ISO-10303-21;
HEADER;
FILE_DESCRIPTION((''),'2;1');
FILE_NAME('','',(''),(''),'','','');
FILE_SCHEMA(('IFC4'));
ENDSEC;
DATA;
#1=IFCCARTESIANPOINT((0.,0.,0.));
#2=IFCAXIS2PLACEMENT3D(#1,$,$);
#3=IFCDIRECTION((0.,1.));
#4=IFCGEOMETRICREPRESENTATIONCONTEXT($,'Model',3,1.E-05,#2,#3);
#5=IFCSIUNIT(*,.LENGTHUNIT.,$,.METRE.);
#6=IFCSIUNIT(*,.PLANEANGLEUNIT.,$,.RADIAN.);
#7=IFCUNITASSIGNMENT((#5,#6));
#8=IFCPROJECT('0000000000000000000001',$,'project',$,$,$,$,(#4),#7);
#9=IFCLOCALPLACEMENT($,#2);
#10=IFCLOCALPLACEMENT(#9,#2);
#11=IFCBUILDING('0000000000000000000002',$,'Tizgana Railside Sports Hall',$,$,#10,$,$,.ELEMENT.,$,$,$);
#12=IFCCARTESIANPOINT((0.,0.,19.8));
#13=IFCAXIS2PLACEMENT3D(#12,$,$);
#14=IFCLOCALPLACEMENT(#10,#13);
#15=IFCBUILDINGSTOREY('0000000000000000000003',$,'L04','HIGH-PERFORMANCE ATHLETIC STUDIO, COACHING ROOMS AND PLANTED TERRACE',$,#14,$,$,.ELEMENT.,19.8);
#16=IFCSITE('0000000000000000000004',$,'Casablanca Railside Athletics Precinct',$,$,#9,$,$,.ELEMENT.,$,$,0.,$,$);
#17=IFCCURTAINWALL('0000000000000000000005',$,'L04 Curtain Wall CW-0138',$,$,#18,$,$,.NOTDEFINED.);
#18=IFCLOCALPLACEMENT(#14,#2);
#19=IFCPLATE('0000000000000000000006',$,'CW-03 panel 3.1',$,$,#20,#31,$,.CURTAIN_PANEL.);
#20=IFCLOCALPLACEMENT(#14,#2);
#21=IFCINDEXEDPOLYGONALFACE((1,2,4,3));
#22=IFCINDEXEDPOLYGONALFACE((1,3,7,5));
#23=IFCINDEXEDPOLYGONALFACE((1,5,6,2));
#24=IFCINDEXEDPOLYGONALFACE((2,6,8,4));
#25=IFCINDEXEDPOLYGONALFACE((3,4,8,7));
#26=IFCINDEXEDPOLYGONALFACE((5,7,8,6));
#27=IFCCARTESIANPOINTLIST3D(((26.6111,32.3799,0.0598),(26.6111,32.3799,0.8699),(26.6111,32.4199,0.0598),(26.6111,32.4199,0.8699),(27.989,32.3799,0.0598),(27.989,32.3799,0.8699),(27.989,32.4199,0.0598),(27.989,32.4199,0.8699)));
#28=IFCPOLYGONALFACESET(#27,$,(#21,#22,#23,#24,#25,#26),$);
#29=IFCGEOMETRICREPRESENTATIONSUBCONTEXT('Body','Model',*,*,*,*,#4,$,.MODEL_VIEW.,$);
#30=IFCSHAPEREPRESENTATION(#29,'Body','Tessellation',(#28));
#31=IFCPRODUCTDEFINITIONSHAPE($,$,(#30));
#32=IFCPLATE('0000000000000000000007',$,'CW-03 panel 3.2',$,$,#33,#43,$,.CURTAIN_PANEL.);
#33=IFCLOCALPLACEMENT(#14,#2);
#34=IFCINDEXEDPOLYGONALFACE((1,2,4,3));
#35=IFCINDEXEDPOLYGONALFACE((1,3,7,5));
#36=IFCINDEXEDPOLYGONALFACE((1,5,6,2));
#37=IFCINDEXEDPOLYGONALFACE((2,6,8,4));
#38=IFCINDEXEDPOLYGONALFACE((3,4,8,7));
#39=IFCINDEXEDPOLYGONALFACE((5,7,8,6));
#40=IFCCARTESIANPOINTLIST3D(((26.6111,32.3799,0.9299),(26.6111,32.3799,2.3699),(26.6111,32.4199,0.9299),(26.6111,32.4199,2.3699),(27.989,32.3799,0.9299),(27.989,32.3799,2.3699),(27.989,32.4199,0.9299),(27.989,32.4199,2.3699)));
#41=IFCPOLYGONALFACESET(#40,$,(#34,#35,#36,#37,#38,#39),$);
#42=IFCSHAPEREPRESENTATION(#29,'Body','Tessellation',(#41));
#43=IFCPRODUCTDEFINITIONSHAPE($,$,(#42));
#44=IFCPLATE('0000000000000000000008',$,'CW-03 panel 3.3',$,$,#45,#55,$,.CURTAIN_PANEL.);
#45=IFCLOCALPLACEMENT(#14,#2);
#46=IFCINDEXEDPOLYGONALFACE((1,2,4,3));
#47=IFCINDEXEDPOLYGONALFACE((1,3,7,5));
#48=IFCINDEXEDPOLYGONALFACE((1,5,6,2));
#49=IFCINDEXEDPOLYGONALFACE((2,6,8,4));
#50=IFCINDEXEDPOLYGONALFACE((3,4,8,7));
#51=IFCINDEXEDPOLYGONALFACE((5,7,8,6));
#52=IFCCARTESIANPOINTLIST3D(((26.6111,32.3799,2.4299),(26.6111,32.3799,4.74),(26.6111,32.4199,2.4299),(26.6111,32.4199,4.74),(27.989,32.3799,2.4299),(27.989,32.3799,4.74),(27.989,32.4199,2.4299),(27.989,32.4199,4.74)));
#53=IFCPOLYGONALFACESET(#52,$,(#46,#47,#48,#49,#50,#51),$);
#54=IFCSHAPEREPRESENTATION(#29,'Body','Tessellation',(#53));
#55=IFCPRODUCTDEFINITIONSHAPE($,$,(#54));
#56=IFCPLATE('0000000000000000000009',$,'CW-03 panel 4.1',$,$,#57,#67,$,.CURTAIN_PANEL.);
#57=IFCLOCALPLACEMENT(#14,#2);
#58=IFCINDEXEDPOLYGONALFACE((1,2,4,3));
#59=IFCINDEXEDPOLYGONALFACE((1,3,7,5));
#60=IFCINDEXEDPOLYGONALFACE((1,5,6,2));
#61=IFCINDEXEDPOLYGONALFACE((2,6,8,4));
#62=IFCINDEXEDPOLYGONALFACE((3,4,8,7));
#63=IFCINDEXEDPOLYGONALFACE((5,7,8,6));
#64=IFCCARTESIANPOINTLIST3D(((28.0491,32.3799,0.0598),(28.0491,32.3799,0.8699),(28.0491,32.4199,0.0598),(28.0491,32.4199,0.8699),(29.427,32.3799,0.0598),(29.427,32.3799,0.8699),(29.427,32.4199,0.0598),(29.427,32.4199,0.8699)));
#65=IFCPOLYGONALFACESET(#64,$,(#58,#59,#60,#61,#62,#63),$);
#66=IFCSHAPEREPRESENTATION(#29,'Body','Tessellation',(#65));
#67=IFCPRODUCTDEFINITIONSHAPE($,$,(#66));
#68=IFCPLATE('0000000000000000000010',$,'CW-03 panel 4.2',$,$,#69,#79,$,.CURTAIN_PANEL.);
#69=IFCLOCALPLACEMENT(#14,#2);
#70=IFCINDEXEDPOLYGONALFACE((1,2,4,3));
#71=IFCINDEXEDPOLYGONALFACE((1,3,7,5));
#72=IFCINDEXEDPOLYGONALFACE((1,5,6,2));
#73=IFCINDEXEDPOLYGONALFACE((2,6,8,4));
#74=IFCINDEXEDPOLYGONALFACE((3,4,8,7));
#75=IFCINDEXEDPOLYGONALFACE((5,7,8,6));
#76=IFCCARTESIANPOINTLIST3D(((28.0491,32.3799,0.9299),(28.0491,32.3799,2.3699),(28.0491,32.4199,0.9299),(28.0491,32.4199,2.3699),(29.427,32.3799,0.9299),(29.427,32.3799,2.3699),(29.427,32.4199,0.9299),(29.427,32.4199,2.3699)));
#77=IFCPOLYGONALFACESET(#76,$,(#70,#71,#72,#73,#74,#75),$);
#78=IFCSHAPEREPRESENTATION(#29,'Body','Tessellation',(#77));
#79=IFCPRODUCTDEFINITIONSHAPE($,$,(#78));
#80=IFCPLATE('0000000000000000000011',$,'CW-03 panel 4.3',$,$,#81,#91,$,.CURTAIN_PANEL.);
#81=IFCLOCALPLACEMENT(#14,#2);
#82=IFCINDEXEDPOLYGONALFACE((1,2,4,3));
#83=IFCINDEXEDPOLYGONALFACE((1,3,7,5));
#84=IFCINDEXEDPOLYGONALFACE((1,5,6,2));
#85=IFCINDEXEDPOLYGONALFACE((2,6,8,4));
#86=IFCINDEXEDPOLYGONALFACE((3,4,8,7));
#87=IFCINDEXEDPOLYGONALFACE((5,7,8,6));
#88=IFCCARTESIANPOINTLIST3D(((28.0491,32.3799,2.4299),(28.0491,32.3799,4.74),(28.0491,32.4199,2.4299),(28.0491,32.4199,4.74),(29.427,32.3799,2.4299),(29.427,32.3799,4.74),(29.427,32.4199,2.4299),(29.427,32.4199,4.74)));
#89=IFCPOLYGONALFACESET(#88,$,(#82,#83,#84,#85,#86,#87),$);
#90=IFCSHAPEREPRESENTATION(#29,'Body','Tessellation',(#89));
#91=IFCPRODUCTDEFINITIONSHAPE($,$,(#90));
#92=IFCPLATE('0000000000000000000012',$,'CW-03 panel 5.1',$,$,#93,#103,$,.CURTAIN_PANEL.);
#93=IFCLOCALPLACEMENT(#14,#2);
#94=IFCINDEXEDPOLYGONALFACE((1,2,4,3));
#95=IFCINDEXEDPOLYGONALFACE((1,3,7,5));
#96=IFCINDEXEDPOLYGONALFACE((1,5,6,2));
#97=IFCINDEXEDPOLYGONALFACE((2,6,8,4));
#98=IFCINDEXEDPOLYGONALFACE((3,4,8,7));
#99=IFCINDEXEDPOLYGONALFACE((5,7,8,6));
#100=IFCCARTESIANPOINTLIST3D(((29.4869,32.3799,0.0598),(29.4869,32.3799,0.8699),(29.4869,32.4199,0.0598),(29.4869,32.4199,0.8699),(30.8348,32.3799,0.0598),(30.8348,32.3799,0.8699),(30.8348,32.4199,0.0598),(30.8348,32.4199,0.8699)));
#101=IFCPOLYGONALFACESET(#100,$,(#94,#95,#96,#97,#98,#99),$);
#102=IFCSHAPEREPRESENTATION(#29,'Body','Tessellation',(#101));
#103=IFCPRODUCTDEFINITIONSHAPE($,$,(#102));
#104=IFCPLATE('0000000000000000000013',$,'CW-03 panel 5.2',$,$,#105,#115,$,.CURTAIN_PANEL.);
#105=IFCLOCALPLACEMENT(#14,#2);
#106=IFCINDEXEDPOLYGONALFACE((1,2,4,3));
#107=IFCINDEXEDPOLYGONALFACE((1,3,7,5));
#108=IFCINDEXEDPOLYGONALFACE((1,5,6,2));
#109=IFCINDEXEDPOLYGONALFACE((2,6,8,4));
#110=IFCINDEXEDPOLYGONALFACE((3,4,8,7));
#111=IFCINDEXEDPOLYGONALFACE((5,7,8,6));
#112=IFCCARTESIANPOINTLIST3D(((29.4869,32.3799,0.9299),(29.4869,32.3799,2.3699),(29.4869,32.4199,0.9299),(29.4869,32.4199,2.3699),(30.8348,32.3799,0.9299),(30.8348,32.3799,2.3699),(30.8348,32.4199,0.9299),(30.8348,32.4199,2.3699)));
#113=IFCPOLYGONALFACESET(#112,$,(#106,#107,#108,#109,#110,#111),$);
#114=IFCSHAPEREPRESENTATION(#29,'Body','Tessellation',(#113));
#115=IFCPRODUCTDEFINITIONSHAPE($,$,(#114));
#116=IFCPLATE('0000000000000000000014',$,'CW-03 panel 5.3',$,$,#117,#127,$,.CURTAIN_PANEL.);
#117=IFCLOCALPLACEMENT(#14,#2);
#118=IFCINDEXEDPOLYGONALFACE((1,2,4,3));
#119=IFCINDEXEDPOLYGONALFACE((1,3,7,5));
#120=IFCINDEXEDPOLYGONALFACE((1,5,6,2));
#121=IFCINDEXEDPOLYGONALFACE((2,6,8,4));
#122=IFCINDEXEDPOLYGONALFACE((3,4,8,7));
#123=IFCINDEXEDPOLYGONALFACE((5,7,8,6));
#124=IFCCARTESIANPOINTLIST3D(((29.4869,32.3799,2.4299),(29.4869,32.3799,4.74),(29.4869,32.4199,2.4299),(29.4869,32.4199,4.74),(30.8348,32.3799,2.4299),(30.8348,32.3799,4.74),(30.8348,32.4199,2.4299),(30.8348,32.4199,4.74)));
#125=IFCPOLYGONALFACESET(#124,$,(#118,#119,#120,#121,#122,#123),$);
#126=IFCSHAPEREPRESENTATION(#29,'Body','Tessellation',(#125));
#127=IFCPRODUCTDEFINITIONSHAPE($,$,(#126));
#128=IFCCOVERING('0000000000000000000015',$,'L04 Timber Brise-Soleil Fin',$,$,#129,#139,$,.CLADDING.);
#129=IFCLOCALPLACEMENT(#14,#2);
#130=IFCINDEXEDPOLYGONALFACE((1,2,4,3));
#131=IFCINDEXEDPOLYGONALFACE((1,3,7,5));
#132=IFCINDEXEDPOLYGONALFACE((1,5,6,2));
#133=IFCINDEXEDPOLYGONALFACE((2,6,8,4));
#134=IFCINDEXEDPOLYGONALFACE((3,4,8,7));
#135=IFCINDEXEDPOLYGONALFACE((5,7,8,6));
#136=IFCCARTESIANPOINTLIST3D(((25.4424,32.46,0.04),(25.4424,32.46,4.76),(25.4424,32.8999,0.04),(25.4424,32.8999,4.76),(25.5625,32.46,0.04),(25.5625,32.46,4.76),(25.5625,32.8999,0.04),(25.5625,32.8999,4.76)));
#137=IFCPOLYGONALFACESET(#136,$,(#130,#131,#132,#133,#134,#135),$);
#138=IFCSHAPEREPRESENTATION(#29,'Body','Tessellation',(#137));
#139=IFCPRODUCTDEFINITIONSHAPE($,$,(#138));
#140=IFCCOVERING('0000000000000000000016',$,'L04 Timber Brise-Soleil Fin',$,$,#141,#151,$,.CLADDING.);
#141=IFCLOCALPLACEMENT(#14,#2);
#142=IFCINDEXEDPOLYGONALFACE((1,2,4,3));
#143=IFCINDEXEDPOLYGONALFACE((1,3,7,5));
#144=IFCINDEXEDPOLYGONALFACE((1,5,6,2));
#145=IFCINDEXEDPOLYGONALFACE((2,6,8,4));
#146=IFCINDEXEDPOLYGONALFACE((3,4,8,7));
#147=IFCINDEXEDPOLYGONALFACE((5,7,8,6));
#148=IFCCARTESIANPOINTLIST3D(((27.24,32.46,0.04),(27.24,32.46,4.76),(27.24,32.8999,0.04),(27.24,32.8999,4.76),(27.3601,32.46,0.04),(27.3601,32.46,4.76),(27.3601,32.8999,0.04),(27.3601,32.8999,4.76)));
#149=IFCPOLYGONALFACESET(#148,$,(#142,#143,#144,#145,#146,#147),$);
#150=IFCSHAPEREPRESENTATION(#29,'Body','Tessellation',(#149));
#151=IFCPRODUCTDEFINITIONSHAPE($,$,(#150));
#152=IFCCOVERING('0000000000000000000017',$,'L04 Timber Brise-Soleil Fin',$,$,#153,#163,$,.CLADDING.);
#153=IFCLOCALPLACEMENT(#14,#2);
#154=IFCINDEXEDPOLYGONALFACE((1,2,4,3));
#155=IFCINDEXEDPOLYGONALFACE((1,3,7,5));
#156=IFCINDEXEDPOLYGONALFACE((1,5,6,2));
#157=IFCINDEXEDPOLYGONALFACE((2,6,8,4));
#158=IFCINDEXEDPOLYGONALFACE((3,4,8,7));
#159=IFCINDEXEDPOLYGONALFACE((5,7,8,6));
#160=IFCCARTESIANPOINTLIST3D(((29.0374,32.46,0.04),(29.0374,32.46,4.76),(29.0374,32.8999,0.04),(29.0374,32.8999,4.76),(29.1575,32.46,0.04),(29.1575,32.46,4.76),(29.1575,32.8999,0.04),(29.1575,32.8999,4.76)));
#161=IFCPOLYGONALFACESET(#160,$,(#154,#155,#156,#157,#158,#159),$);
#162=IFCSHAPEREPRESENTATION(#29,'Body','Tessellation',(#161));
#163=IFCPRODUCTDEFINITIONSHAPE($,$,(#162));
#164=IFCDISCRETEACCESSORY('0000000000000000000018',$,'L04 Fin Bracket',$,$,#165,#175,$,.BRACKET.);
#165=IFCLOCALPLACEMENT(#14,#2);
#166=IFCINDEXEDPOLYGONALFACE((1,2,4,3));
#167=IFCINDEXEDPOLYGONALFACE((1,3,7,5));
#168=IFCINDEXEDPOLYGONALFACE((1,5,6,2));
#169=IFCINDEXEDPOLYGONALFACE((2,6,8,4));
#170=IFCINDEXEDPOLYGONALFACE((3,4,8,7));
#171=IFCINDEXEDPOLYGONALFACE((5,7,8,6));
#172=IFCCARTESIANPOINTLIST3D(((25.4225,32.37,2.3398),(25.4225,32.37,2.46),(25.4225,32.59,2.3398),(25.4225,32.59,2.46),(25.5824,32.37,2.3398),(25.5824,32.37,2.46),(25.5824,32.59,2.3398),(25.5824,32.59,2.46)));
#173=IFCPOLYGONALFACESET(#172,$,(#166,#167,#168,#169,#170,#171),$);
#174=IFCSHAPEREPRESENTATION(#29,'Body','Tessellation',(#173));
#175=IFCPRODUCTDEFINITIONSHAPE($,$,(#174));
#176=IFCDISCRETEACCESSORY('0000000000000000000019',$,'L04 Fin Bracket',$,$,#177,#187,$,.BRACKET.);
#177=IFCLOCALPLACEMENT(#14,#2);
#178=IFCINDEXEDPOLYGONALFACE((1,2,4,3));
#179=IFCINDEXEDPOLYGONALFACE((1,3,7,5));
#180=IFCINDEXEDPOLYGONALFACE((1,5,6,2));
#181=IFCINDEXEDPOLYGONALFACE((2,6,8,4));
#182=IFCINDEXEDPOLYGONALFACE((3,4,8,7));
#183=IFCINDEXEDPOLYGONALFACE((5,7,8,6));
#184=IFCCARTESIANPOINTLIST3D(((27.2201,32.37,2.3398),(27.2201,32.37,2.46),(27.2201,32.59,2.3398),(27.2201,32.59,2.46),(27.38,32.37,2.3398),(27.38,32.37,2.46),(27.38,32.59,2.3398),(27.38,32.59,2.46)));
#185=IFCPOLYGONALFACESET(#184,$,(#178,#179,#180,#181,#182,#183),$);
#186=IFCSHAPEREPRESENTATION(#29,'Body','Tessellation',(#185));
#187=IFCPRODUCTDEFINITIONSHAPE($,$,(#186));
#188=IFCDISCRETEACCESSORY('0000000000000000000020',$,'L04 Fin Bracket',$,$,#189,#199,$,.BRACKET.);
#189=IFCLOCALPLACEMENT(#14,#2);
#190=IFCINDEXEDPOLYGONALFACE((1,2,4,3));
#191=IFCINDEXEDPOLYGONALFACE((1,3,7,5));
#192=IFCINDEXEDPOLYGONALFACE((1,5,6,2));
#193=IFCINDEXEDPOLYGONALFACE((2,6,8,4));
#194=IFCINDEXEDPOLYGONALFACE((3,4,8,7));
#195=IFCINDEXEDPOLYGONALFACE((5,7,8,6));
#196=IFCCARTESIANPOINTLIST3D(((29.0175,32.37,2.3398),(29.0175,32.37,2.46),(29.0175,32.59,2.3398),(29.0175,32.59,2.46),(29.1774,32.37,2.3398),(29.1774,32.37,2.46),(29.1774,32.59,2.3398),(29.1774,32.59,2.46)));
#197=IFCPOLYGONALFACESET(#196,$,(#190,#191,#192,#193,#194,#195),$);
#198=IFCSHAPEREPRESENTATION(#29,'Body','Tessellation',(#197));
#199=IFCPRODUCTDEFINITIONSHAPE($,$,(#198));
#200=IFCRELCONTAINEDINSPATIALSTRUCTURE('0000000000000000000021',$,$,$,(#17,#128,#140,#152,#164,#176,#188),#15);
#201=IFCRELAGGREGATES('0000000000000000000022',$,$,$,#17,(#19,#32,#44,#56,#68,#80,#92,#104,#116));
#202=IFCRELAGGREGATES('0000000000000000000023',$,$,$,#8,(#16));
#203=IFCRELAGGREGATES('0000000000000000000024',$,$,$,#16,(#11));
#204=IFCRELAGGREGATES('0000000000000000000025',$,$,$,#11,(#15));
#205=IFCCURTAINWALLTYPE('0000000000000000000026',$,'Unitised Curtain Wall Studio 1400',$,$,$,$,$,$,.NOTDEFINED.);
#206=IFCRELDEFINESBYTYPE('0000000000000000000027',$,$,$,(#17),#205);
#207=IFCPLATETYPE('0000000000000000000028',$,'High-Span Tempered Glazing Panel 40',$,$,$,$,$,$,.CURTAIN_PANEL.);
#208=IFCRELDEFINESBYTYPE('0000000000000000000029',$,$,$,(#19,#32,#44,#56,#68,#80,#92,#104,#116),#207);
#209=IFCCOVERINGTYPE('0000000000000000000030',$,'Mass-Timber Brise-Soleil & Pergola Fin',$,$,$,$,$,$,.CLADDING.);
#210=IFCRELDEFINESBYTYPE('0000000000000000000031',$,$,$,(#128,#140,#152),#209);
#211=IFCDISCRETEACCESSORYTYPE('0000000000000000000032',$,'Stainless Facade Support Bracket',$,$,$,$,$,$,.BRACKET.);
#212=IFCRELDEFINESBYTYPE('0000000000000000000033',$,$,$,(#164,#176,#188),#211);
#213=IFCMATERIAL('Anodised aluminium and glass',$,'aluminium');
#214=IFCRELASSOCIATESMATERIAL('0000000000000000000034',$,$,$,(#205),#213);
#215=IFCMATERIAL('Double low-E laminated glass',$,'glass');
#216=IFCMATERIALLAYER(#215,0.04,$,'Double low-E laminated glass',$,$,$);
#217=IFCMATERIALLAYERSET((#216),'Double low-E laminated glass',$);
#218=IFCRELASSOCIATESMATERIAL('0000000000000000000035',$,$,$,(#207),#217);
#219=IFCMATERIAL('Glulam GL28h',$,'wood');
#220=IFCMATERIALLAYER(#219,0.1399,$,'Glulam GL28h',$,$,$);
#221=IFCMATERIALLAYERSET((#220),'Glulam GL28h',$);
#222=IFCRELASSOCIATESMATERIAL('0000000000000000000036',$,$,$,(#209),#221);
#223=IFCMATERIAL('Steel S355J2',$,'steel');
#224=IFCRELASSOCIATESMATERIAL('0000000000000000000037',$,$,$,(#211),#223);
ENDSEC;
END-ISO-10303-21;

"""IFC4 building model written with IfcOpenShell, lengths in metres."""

from ifc_helpers import new_model, si_unit, direction, frame, origin, origin_2d, place, context, subcontext, project, spatial, rectangle, extrude, material, layer, layer_set, type_object, element, aggregate, save


model = new_model("IFC4")

# Units and contexts
model_context = context("Model", 3, precision=1e-05, world=origin(), true_north=direction((0.0, 1.0)))
body_context = subcontext(model_context, "Body", "Model", "MODEL_VIEW")
ifc_project = project(units=[si_unit("LENGTHUNIT", "METRE"), si_unit("PLANEANGLEUNIT", "RADIAN")], contexts=[model_context])

# Site, building, storey
site_placement = place(None, origin())
site = spatial("IfcSite", under=ifc_project, at=site_placement, Name="Casablanca Railside Athletics Precinct", CompositionType="ELEMENT", RefElevation=0.0)
building_placement = place(site_placement, origin())
building = spatial("IfcBuilding", under=site, at=building_placement, Name="Tizgana Railside Sports Hall", CompositionType="ELEMENT")
storey_placement = place(building_placement, frame((0.0, 0.0, 19.8)))
storey = spatial("IfcBuildingStorey", under=building, at=storey_placement, Name="L04", Description="HIGH-PERFORMANCE ATHLETIC STUDIO, COACHING ROOMS AND PLANTED TERRACE", CompositionType="ELEMENT", Elevation=19.8)

# Curtain wall, plates
ifc_material_1 = material(Name="Anodised aluminium and glass", Category="aluminium")
curtain_wall_type = type_object("IfcCurtainWallType", Name="Unitised Curtain Wall Studio 1400", PredefinedType="NOTDEFINED", material=ifc_material_1)
curtain_wall_placement = place(storey_placement, origin())
curtain_wall = element("IfcCurtainWall", 1, at=curtain_wall_placement, inside=storey, type_object=curtain_wall_type, Name="L04 Curtain Wall CW-0138", PredefinedType="NOTDEFINED")
ifc_material_2 = material(Name="Double low-E laminated glass", Category="glass")
ifc_layer_1 = layer(ifc_material_2, 0.04, Name="Double low-E laminated glass")
ifc_layer_set_1 = layer_set([ifc_layer_1], Name="Double low-E laminated glass")
plate_type = type_object("IfcPlateType", Name="High-Span Tempered Glazing Panel 40", PredefinedType="CURTAIN_PANEL", material=ifc_layer_set_1)
plate_1_placement = place(storey_placement, frame((27.3, 32.3999, 0.0598), z_axis=(0.0, 0.0, 1.0), x_axis=(1.0, 0.0, 0.0)))
plate_1 = element("IfcPlate", 2, at=plate_1_placement, type_object=plate_type, Name="CW-03 panel 3.1", PredefinedType="CURTAIN_PANEL", context=body_context, shape_type="SweptSolid", body=[
    extrude(rectangle(XDim=1.3779, YDim=0.04, at=origin_2d()), origin(), (0.0, 0.0, 1.0), 0.8101),
])
plate_2_placement = place(storey_placement, frame((27.3, 32.3999, 0.9299), z_axis=(0.0, 0.0, 1.0), x_axis=(1.0, 0.0, 0.0)))
plate_2 = element("IfcPlate", 3, at=plate_2_placement, type_object=plate_type, Name="CW-03 panel 3.2", PredefinedType="CURTAIN_PANEL", context=body_context, shape_type="SweptSolid", body=[
    extrude(rectangle(XDim=1.3779, YDim=0.04, at=origin_2d()), origin(), (0.0, 0.0, 1.0), 1.4399),
])
plate_3_placement = place(storey_placement, frame((27.3, 32.3999, 2.4299), z_axis=(0.0, 0.0, 1.0), x_axis=(1.0, 0.0, 0.0)))
plate_3 = element("IfcPlate", 4, at=plate_3_placement, type_object=plate_type, Name="CW-03 panel 3.3", PredefinedType="CURTAIN_PANEL", context=body_context, shape_type="SweptSolid", body=[
    extrude(rectangle(XDim=1.3779, YDim=0.04, at=origin_2d()), origin(), (0.0, 0.0, 1.0), 2.3101),
])
plate_4_placement = place(storey_placement, frame((28.738, 32.3999, 0.0598), z_axis=(0.0, 0.0, 1.0), x_axis=(1.0, 0.0, 0.0)))
plate_4 = element("IfcPlate", 5, at=plate_4_placement, type_object=plate_type, Name="CW-03 panel 4.1", PredefinedType="CURTAIN_PANEL", context=body_context, shape_type="SweptSolid", body=[
    extrude(rectangle(XDim=1.3779, YDim=0.04, at=origin_2d()), origin(), (0.0, 0.0, 1.0), 0.8101),
])
plate_5_placement = place(storey_placement, frame((28.738, 32.3999, 0.9299), z_axis=(0.0, 0.0, 1.0), x_axis=(1.0, 0.0, 0.0)))
plate_5 = element("IfcPlate", 6, at=plate_5_placement, type_object=plate_type, Name="CW-03 panel 4.2", PredefinedType="CURTAIN_PANEL", context=body_context, shape_type="SweptSolid", body=[
    extrude(rectangle(XDim=1.3779, YDim=0.04, at=origin_2d()), origin(), (0.0, 0.0, 1.0), 1.4399),
])
plate_6_placement = place(storey_placement, frame((28.738, 32.3999, 2.4299), z_axis=(0.0, 0.0, 1.0), x_axis=(1.0, 0.0, 0.0)))
plate_6 = element("IfcPlate", 7, at=plate_6_placement, type_object=plate_type, Name="CW-03 panel 4.3", PredefinedType="CURTAIN_PANEL", context=body_context, shape_type="SweptSolid", body=[
    extrude(rectangle(XDim=1.3779, YDim=0.04, at=origin_2d()), origin(), (0.0, 0.0, 1.0), 2.3101),
])
plate_7_placement = place(storey_placement, frame((30.1609, 32.3999, 0.0598), z_axis=(0.0, 0.0, 1.0), x_axis=(1.0, 0.0, 0.0)))
plate_7 = element("IfcPlate", 8, at=plate_7_placement, type_object=plate_type, Name="CW-03 panel 5.1", PredefinedType="CURTAIN_PANEL", context=body_context, shape_type="SweptSolid", body=[
    extrude(rectangle(XDim=1.3479, YDim=0.04, at=origin_2d()), origin(), (0.0, 0.0, 1.0), 0.8101),
])
plate_8_placement = place(storey_placement, frame((30.1609, 32.3999, 0.9299), z_axis=(0.0, 0.0, 1.0), x_axis=(1.0, 0.0, 0.0)))
plate_8 = element("IfcPlate", 9, at=plate_8_placement, type_object=plate_type, Name="CW-03 panel 5.2", PredefinedType="CURTAIN_PANEL", context=body_context, shape_type="SweptSolid", body=[
    extrude(rectangle(XDim=1.3479, YDim=0.04, at=origin_2d()), origin(), (0.0, 0.0, 1.0), 1.4399),
])
plate_9_placement = place(storey_placement, frame((30.1609, 32.3999, 2.4299), z_axis=(0.0, 0.0, 1.0), x_axis=(1.0, 0.0, 0.0)))
plate_9 = element("IfcPlate", 10, at=plate_9_placement, type_object=plate_type, Name="CW-03 panel 5.3", PredefinedType="CURTAIN_PANEL", context=body_context, shape_type="SweptSolid", body=[
    extrude(rectangle(XDim=1.3479, YDim=0.04, at=origin_2d()), origin(), (0.0, 0.0, 1.0), 2.3101),
])
aggregate(curtain_wall, [plate_1, plate_2, plate_3, plate_4, plate_5, plate_6, plate_7, plate_8, plate_9])

# Coverings
ifc_material_3 = material(Name="Glulam GL28h", Category="wood")
ifc_layer_2 = layer(ifc_material_3, 0.1399, Name="Glulam GL28h")
ifc_layer_set_2 = layer_set([ifc_layer_2], Name="Glulam GL28h")
covering_type = type_object("IfcCoveringType", Name="Mass-Timber Brise-Soleil & Pergola Fin", PredefinedType="CLADDING", material=ifc_layer_set_2)
for number, where, z_axis, x_axis, name in (
    (11, (25.5024, 32.6799, 0.04), (0.0, 0.0, 1.0), (1.0, 0.0, 0.0), "L04 Timber Brise-Soleil Fin"),
    (12, (27.3, 32.6799, 0.04), (0.0, 0.0, 1.0), (1.0, 0.0, 0.0), "L04 Timber Brise-Soleil Fin"),
    (13, (29.0974, 32.6799, 0.04), (0.0, 0.0, 1.0), (1.0, 0.0, 0.0), "L04 Timber Brise-Soleil Fin"),
):
    element("IfcCovering", number, at=place(storey_placement, frame(where, z_axis=z_axis, x_axis=x_axis)), inside=storey, type_object=covering_type, Name=name, PredefinedType="CLADDING", context=body_context, shape_type="SweptSolid", body=[
        extrude(rectangle(XDim=0.1201, YDim=0.4399, at=origin_2d()), origin(), (0.0, 0.0, 1.0), 4.72),
    ])

# Discrete accessories
ifc_material_4 = material(Name="Steel S355J2", Category="steel")
discrete_accessory_type = type_object("IfcDiscreteAccessoryType", Name="Stainless Facade Support Bracket", PredefinedType="BRACKET", material=ifc_material_4)
for number, where, z_axis, x_axis, name in (
    (14, (25.5024, 32.48, 2.3398), (0.0, 0.0, 1.0), (1.0, 0.0, 0.0), "L04 Fin Bracket"),
    (15, (27.3, 32.48, 2.3398), (0.0, 0.0, 1.0), (1.0, 0.0, 0.0), "L04 Fin Bracket"),
    (16, (29.0974, 32.48, 2.3398), (0.0, 0.0, 1.0), (1.0, 0.0, 0.0), "L04 Fin Bracket"),
):
    element("IfcDiscreteAccessory", number, at=place(storey_placement, frame(where, z_axis=z_axis, x_axis=x_axis)), inside=storey, type_object=discrete_accessory_type, Name=name, PredefinedType="BRACKET", context=body_context, shape_type="SweptSolid", body=[
        extrude(rectangle(XDim=0.1599, YDim=0.22, at=origin_2d()), origin(), (0.0, 0.0, 1.0), 0.1201),
    ])

save(model, "model.ifc")
